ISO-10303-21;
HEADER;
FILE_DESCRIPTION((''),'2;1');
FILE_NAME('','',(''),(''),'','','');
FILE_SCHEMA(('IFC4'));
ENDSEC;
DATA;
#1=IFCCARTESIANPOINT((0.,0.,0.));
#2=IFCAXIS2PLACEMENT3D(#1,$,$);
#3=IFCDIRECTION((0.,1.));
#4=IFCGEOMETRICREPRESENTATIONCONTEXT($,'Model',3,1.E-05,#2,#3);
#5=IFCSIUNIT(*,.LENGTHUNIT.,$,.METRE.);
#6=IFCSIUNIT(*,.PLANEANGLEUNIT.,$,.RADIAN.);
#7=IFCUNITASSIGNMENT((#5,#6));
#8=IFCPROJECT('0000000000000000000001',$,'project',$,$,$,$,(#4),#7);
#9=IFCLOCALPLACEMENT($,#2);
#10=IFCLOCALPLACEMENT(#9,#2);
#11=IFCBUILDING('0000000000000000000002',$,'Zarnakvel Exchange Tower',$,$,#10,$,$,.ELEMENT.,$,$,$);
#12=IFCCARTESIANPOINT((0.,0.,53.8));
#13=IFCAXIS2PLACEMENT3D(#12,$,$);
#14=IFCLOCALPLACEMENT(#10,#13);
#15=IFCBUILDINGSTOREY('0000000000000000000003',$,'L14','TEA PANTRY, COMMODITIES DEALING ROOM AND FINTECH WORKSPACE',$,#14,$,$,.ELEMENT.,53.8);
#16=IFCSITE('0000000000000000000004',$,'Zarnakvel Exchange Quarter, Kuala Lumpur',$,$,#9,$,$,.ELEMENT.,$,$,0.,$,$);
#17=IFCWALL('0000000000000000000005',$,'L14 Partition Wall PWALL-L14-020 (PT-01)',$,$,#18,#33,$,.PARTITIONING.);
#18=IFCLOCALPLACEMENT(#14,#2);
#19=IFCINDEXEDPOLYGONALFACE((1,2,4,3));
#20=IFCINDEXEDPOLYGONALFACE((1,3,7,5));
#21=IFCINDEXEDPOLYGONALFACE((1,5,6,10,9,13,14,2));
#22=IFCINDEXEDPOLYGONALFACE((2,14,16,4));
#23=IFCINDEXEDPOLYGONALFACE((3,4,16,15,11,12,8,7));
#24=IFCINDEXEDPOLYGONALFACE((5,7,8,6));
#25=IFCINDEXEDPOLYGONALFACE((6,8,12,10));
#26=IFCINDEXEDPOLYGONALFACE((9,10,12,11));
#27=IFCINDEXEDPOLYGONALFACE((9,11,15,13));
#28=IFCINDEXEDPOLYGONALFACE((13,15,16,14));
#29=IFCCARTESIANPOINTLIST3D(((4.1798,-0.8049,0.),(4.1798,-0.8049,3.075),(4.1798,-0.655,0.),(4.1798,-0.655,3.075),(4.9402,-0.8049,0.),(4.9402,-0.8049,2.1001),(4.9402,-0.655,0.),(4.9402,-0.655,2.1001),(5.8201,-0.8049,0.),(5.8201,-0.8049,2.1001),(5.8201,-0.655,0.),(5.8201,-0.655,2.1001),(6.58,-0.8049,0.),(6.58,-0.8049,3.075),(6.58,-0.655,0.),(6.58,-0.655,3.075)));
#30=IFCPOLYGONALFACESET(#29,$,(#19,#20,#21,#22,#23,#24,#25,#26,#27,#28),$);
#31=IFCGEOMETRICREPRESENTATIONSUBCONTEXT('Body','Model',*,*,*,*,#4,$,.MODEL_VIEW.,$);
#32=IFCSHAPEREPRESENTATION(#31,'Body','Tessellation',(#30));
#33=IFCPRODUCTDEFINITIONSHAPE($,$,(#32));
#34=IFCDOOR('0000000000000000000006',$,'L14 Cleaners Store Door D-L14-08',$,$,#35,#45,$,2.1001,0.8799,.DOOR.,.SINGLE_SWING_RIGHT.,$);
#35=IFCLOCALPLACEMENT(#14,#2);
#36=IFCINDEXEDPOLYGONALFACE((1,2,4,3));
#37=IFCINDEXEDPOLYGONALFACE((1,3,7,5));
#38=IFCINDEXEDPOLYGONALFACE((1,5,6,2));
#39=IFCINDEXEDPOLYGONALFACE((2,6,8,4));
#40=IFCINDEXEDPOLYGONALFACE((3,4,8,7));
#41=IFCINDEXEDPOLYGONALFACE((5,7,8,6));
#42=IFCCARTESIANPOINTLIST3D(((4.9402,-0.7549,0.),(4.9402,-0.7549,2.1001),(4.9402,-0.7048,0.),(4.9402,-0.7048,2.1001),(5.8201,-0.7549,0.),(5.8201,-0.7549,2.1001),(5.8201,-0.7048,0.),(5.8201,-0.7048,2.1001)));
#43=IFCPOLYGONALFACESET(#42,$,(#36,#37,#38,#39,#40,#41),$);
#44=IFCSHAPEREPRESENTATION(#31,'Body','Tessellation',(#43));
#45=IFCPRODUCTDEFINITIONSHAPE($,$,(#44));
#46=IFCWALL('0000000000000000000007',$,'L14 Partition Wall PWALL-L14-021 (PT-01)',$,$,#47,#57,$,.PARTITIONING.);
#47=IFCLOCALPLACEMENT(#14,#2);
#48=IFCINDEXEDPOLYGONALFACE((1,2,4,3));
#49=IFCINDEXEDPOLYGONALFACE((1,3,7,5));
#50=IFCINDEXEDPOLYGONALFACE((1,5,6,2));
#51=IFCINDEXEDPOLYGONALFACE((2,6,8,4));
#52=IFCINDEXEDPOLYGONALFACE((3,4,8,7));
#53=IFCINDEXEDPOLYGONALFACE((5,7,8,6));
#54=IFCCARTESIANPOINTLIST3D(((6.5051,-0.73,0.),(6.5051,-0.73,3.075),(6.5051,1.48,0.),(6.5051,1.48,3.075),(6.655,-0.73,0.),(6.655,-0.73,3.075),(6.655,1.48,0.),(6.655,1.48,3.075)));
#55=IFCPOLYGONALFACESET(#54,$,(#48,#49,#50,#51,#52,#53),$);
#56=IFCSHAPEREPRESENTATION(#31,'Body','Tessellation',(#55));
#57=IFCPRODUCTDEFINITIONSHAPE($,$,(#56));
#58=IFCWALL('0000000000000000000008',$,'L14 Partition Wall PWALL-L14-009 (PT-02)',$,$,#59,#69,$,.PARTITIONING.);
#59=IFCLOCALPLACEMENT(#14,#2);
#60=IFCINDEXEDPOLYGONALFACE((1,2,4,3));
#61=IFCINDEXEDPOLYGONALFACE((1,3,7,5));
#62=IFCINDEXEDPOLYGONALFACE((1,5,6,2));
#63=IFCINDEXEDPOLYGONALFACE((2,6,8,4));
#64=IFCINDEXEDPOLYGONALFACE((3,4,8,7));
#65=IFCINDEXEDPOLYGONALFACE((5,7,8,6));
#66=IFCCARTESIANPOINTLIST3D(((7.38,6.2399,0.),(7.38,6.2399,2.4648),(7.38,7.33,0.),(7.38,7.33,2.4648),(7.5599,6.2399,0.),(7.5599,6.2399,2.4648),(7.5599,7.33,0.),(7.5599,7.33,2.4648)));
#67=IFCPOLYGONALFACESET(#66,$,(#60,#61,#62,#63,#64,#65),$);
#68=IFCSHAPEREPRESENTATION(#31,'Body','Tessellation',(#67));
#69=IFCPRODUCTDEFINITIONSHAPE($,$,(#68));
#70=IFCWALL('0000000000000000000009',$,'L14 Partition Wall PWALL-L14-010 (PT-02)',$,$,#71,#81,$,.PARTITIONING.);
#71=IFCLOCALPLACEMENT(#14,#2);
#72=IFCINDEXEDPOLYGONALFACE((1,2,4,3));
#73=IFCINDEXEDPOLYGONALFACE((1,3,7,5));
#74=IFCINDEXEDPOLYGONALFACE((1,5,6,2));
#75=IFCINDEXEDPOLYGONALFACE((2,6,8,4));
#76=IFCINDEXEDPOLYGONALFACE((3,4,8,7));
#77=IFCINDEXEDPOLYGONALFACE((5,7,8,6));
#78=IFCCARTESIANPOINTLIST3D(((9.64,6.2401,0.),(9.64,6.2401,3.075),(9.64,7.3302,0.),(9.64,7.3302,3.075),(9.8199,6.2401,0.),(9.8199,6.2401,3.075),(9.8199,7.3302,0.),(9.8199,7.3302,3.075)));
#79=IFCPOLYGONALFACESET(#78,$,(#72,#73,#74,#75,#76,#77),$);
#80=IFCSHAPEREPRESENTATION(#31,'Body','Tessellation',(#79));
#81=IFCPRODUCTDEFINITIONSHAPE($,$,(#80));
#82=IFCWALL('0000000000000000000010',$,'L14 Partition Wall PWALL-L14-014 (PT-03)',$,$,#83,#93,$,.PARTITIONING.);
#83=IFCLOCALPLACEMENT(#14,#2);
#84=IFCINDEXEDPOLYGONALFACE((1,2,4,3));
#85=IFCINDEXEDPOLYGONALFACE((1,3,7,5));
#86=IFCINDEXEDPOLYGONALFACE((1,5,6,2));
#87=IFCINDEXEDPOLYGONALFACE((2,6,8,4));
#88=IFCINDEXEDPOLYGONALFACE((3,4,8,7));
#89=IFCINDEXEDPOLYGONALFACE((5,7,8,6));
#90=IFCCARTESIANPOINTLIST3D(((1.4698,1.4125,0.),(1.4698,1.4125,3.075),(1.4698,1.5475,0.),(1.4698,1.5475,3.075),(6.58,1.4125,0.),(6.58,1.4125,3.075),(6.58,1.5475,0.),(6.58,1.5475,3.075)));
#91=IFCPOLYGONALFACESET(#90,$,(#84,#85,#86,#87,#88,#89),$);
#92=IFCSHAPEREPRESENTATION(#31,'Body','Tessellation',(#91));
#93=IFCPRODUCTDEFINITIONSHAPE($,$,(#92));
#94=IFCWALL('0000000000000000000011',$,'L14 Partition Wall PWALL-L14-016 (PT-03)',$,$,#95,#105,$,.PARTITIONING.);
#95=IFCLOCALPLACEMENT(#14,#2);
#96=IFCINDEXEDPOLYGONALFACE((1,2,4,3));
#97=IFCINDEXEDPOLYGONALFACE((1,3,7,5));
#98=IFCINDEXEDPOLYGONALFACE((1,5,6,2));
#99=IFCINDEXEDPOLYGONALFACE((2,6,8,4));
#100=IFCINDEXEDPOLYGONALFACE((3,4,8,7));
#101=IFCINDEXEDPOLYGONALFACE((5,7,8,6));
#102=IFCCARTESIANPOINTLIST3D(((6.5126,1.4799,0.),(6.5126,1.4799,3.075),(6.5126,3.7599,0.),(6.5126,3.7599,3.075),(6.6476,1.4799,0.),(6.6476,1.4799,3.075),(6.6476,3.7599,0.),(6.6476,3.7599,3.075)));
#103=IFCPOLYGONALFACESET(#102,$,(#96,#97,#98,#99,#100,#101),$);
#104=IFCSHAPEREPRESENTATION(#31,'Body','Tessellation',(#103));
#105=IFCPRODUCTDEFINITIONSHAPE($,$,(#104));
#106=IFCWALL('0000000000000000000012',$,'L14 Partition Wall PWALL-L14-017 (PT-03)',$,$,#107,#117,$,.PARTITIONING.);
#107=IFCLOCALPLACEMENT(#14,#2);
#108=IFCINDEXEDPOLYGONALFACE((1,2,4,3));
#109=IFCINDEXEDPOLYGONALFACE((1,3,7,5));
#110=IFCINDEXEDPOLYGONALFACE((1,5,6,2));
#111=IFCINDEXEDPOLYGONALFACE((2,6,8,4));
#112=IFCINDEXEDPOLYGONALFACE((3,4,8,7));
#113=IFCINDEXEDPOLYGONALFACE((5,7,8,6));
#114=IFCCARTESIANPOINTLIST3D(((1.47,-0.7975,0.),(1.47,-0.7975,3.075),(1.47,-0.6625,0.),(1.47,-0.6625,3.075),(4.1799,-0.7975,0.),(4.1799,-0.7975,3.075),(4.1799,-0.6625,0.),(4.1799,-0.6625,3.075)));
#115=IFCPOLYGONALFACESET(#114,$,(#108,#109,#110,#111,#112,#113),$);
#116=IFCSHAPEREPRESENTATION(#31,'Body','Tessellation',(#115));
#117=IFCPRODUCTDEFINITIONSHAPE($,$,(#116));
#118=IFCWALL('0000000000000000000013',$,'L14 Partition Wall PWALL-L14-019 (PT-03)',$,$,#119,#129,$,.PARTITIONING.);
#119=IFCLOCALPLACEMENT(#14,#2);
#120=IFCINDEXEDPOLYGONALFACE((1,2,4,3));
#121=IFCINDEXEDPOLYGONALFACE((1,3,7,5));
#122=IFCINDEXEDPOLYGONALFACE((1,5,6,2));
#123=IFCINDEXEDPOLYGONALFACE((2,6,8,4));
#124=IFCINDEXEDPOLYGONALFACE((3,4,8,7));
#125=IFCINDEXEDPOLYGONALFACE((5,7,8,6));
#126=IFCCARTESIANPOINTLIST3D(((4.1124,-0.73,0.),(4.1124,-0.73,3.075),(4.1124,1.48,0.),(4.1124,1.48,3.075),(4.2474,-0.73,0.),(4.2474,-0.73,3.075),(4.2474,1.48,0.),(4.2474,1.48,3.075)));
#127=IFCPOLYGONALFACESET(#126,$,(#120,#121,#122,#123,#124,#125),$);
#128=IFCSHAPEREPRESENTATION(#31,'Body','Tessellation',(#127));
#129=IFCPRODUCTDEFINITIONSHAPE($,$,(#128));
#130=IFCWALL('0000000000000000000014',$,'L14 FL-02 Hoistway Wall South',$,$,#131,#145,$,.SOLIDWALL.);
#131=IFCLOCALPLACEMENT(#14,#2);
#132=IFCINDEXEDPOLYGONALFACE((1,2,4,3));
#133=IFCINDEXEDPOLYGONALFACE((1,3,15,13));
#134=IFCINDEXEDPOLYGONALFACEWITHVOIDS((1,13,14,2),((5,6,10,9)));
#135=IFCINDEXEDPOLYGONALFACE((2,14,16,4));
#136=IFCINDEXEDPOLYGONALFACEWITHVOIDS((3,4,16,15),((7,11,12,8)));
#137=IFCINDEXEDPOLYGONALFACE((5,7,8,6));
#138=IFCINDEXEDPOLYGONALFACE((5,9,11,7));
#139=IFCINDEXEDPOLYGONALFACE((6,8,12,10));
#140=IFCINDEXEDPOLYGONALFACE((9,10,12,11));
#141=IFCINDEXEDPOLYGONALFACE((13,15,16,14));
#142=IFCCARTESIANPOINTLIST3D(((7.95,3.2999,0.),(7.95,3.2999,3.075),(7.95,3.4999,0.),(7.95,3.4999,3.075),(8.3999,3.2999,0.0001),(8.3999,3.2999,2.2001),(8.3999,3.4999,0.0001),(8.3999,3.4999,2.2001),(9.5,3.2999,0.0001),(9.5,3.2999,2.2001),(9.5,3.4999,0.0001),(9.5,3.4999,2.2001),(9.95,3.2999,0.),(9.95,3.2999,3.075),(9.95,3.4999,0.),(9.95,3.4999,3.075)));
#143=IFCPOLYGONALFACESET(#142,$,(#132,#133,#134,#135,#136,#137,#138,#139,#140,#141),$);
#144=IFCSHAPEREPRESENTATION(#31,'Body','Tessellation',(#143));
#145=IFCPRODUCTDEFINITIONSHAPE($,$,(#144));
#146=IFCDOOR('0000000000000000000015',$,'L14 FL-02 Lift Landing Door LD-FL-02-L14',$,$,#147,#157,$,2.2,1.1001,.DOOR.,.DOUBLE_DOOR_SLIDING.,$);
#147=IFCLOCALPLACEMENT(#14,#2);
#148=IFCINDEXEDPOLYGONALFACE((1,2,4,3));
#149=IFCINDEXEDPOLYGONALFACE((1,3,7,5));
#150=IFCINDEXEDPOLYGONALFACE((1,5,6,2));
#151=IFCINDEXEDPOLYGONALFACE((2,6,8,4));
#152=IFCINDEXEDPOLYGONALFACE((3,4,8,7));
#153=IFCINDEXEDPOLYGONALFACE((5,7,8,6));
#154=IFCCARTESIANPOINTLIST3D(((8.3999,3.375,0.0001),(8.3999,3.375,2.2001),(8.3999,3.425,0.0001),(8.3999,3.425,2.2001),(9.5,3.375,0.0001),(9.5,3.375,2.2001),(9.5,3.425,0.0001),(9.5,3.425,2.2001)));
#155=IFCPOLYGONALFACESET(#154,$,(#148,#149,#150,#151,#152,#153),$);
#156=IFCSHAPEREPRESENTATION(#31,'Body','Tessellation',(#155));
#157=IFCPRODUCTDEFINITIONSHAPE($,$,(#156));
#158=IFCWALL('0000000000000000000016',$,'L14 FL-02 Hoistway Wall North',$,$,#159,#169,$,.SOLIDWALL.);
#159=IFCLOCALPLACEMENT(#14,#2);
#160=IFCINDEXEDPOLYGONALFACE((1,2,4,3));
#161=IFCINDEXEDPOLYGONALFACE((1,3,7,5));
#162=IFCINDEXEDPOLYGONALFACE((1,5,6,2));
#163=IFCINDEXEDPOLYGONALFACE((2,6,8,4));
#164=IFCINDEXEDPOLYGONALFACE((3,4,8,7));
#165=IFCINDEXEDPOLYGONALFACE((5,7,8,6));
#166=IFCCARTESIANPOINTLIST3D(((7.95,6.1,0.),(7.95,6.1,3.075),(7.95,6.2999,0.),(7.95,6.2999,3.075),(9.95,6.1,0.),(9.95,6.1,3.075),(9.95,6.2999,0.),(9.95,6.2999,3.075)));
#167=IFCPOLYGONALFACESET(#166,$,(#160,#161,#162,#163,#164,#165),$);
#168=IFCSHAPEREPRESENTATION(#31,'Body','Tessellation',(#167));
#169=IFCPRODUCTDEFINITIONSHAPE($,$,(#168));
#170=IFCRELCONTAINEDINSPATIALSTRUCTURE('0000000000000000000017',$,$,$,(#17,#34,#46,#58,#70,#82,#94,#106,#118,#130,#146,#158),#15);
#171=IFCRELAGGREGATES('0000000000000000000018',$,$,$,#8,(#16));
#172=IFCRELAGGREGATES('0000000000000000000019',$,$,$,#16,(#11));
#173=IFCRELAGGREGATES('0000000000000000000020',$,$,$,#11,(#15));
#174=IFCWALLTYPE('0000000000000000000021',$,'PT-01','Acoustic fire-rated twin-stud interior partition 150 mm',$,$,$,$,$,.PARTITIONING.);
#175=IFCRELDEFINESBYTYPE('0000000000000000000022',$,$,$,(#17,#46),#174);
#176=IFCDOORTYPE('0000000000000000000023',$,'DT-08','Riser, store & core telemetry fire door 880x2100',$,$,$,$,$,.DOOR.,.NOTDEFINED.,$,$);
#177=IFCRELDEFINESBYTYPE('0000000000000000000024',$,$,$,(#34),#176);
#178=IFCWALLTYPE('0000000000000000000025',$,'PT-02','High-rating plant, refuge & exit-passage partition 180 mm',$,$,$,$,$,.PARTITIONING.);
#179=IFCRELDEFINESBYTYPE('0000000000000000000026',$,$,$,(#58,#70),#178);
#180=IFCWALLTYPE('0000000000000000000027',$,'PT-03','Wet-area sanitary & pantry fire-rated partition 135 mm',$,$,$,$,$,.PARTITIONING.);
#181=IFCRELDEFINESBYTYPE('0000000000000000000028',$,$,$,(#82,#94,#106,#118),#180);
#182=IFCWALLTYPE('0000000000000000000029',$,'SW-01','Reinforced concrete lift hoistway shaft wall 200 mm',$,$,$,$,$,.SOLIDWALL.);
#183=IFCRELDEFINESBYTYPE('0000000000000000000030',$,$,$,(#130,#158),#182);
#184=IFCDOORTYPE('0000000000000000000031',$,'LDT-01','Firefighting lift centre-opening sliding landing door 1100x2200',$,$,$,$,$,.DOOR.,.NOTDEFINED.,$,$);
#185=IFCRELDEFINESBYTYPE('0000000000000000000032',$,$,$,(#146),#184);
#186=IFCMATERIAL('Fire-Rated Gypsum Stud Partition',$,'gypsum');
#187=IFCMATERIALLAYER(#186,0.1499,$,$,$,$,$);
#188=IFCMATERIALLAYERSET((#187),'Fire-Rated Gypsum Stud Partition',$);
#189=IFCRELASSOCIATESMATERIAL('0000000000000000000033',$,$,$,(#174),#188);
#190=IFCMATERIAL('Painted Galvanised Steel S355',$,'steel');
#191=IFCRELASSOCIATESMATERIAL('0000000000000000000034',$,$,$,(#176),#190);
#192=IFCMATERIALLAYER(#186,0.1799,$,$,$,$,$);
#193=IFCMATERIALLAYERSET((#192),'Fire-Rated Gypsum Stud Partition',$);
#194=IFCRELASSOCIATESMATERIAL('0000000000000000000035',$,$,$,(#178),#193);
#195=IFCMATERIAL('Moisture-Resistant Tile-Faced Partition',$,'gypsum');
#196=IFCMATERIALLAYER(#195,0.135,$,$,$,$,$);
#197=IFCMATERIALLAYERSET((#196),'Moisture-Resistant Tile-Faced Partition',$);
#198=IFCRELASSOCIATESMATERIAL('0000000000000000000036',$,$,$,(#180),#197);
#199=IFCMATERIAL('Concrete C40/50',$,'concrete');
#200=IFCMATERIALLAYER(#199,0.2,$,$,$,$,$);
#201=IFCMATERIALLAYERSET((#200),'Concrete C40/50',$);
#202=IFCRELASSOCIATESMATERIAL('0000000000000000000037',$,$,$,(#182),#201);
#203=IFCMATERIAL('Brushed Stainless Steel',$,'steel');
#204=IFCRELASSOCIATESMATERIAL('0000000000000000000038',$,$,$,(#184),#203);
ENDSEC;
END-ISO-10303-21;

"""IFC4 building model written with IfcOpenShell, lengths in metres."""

from ifc_helpers import new_model, si_unit, direction, frame, frame_2d, origin, place, context, subcontext, project, spatial, rectangle, extrude, source, transform, mapped, material, layer, layer_set, type_object, element, fill, save


model = new_model("IFC4")

# Units and contexts
model_context = context("Model", 3, precision=1e-05, world=origin(), true_north=direction((0.0, 1.0)))
body_context = subcontext(model_context, "Body", "Model", "MODEL_VIEW")
ifc_project = project(units=[si_unit("LENGTHUNIT", "METRE"), si_unit("PLANEANGLEUNIT", "RADIAN")], contexts=[model_context])

# Site, building, storey
site_placement = place(None, origin())
site = spatial("IfcSite", under=ifc_project, at=site_placement, Name="Zarnakvel Exchange Quarter, Kuala Lumpur", CompositionType="ELEMENT", RefElevation=0.0)
building_placement = place(site_placement, origin())
building = spatial("IfcBuilding", under=site, at=building_placement, Name="Zarnakvel Exchange Tower", CompositionType="ELEMENT")
storey_placement = place(building_placement, frame((0.0, 0.0, 53.8)))
storey = spatial("IfcBuildingStorey", under=building, at=storey_placement, Name="L14", Description="TEA PANTRY, COMMODITIES DEALING ROOM AND FINTECH WORKSPACE", CompositionType="ELEMENT", Elevation=53.8)

# Wall, opening, door
ifc_material_1 = material(Name="Fire-Rated Gypsum Stud Partition", Category="gypsum")
ifc_layer_1 = layer(ifc_material_1, 0.1499)
ifc_layer_set_1 = layer_set([ifc_layer_1], Name="Fire-Rated Gypsum Stud Partition")
wall_type_1 = type_object("IfcWallType", Name="PT-01", Description="Acoustic fire-rated twin-stud interior partition 150 mm", PredefinedType="PARTITIONING", material=ifc_layer_set_1)
wall_1_placement = place(storey_placement, frame((6.5801, -0.73, 0.0), z_axis=(0.0, 0.0, 1.0), x_axis=(-1.0, 0.0, 0.0)))
wall_1 = element("IfcWall", 1, at=wall_1_placement, inside=storey, type_object=wall_type_1, Name="L14 Partition Wall PWALL-L14-020 (PT-01)", PredefinedType="PARTITIONING", context=body_context, shape_type="SweptSolid", body=[
    extrude(rectangle(XDim=2.4001, YDim=0.1499, at=frame_2d((1.2002, 0.0))), origin(), (0.0, 0.0, 1.0), 3.075),
])
opening_1_placement = place(wall_1_placement, frame((0.76, 0.0, 0.0)))
opening_1 = element("IfcOpeningElement", 2, at=opening_1_placement, cuts=wall_1, PredefinedType="OPENING", context=body_context, shape_type="SweptSolid", body=[
    extrude(rectangle(XDim=0.8799, YDim=2.1001, at=frame_2d((0.4399, 1.05))), frame((0.0, 0.085, 0.0), z_axis=(0.0, -1.0, 0.0), x_axis=(1.0, 0.0, 0.0)), (0.0, 0.0, 1.0), 0.1699),
])
ifc_material_2 = material(Name="Painted Galvanised Steel S355", Category="steel")
door_type_1 = type_object("IfcDoorType", Name="DT-08", Description="Riser, store & core telemetry fire door 880x2100", OperationType="NOTDEFINED", PredefinedType="DOOR", material=ifc_material_2)
shared_shape_1 = source(origin(), body_context, "Body", "SweptSolid", [
    extrude(rectangle(XDim=0.8799, YDim=2.1001, at=frame_2d((0.4399, 1.05))), frame((0.0, 0.0249, 0.0), z_axis=(0.0, -1.0, 0.0), x_axis=(1.0, 0.0, 0.0)), (0.0, 0.0, 1.0), 0.05),
])
door_1_placement = place(opening_1_placement, origin())
door_1 = element("IfcDoor", 3, at=door_1_placement, inside=storey, type_object=door_type_1, Name="L14 Cleaners Store Door D-L14-08", OperationType="SINGLE_SWING_RIGHT", OverallHeight=2.1001, OverallWidth=0.8799, PredefinedType="DOOR", context=body_context, shape_type="MappedRepresentation", body=[
    mapped(shared_shape_1, transform((0.0, 0.0, 0.0), x_axis=(1.0, 0.0, 0.0), y_axis=(0.0, 1.0, 0.0), z_axis=(0.0, 0.0, 1.0), scale=1.0)),
])
fill(opening_1, door_1)

# Walls
wall_2_placement = place(storey_placement, frame((6.5801, 1.48, 0.0), z_axis=(0.0, 0.0, 1.0), x_axis=(0.0, -1.0, 0.0)))
element("IfcWall", 4, at=wall_2_placement, inside=storey, type_object=wall_type_1, Name="L14 Partition Wall PWALL-L14-021 (PT-01)", PredefinedType="PARTITIONING", context=body_context, shape_type="SweptSolid", body=[
    extrude(rectangle(XDim=2.21, YDim=0.1499, at=frame_2d((1.105, 0.0))), origin(), (0.0, 0.0, 1.0), 3.075),
])
ifc_layer_2 = layer(ifc_material_1, 0.1799)
ifc_layer_set_2 = layer_set([ifc_layer_2], Name="Fire-Rated Gypsum Stud Partition")
wall_type_2 = type_object("IfcWallType", Name="PT-02", Description="High-rating plant, refuge & exit-passage partition 180 mm", PredefinedType="PARTITIONING", material=ifc_layer_set_2)
wall_3_placement = place(storey_placement, frame((7.47, 6.24, 0.0), z_axis=(0.0, 0.0, 1.0), x_axis=(0.0, 1.0, 0.0)))
element("IfcWall", 5, at=wall_3_placement, inside=storey, type_object=wall_type_2, Name="L14 Partition Wall PWALL-L14-009 (PT-02)", PredefinedType="PARTITIONING", context=body_context, shape_type="SweptSolid", body=[
    extrude(rectangle(XDim=1.0901, YDim=0.1799, at=frame_2d((0.5449, 0.0))), origin(), (0.0, 0.0, 1.0), 2.4648),
])
wall_4_placement = place(storey_placement, frame((9.73, 7.3301, 0.0), z_axis=(0.0, 0.0, 1.0), x_axis=(0.0, -1.0, 0.0)))
element("IfcWall", 6, at=wall_4_placement, inside=storey, type_object=wall_type_2, Name="L14 Partition Wall PWALL-L14-010 (PT-02)", PredefinedType="PARTITIONING", context=body_context, shape_type="SweptSolid", body=[
    extrude(rectangle(XDim=1.0901, YDim=0.1799, at=frame_2d((0.5449, 0.0))), origin(), (0.0, 0.0, 1.0), 3.075),
])
ifc_material_3 = material(Name="Moisture-Resistant Tile-Faced Partition", Category="gypsum")
ifc_layer_3 = layer(ifc_material_3, 0.135)
ifc_layer_set_3 = layer_set([ifc_layer_3], Name="Moisture-Resistant Tile-Faced Partition")
wall_type_3 = type_object("IfcWallType", Name="PT-03", Description="Wet-area sanitary & pantry fire-rated partition 135 mm", PredefinedType="PARTITIONING", material=ifc_layer_set_3)
wall_5_placement = place(storey_placement, frame((6.5801, 1.48, 0.0), z_axis=(0.0, 0.0, 1.0), x_axis=(-1.0, 0.0, 0.0)))
element("IfcWall", 7, at=wall_5_placement, inside=storey, type_object=wall_type_3, Name="L14 Partition Wall PWALL-L14-014 (PT-03)", PredefinedType="PARTITIONING", context=body_context, shape_type="SweptSolid", body=[
    extrude(rectangle(XDim=5.1101, YDim=0.135, at=frame_2d((2.5552, 0.0))), origin(), (0.0, 0.0, 1.0), 3.075),
])
wall_6_placement = place(storey_placement, frame((6.5801, 3.76, 0.0), z_axis=(0.0, 0.0, 1.0), x_axis=(0.0, -1.0, 0.0)))
element("IfcWall", 8, at=wall_6_placement, inside=storey, type_object=wall_type_3, Name="L14 Partition Wall PWALL-L14-016 (PT-03)", PredefinedType="PARTITIONING", context=body_context, shape_type="SweptSolid", body=[
    extrude(rectangle(XDim=2.28, YDim=0.135, at=frame_2d((1.1401, 0.0))), origin(), (0.0, 0.0, 1.0), 3.075),
])
wall_7_placement = place(storey_placement, frame((4.1799, -0.73, 0.0), z_axis=(0.0, 0.0, 1.0), x_axis=(-1.0, 0.0, 0.0)))
element("IfcWall", 9, at=wall_7_placement, inside=storey, type_object=wall_type_3, Name="L14 Partition Wall PWALL-L14-017 (PT-03)", PredefinedType="PARTITIONING", context=body_context, shape_type="SweptSolid", body=[
    extrude(rectangle(XDim=2.71, YDim=0.135, at=frame_2d((1.355, 0.0))), origin(), (0.0, 0.0, 1.0), 3.075),
])
wall_8_placement = place(storey_placement, frame((4.1799, 1.48, 0.0), z_axis=(0.0, 0.0, 1.0), x_axis=(0.0, -1.0, 0.0)))
element("IfcWall", 10, at=wall_8_placement, inside=storey, type_object=wall_type_3, Name="L14 Partition Wall PWALL-L14-019 (PT-03)", PredefinedType="PARTITIONING", context=body_context, shape_type="SweptSolid", body=[
    extrude(rectangle(XDim=2.21, YDim=0.135, at=frame_2d((1.105, 0.0))), origin(), (0.0, 0.0, 1.0), 3.075),
])

# Wall, opening, door
ifc_material_4 = material(Name="Concrete C40/50", Category="concrete")
ifc_layer_4 = layer(ifc_material_4, 0.2)
ifc_layer_set_4 = layer_set([ifc_layer_4], Name="Concrete C40/50")
wall_type_4 = type_object("IfcWallType", Name="SW-01", Description="Reinforced concrete lift hoistway shaft wall 200 mm", PredefinedType="SOLIDWALL", material=ifc_layer_set_4)
wall_9_placement = place(storey_placement, frame((9.95, 3.3999, 0.0), z_axis=(0.0, 0.0, 1.0), x_axis=(-1.0, 0.0, 0.0)))
wall_9 = element("IfcWall", 11, at=wall_9_placement, inside=storey, type_object=wall_type_4, Name="L14 FL-02 Hoistway Wall South", PredefinedType="SOLIDWALL", context=body_context, shape_type="SweptSolid", body=[
    extrude(rectangle(XDim=2.0, YDim=0.2, at=frame_2d((1.0, 0.0))), origin(), (0.0, 0.0, 1.0), 3.075),
])
opening_2_placement = place(wall_9_placement, frame((0.45, 0.0, 0.0)))
opening_2 = element("IfcOpeningElement", 12, at=opening_2_placement, cuts=wall_9, PredefinedType="OPENING", context=body_context, shape_type="SweptSolid", body=[
    extrude(rectangle(XDim=1.1001, YDim=2.2, at=frame_2d((0.55, 1.1001))), frame((0.0, 0.1099, 0.0), z_axis=(0.0, -1.0, 0.0), x_axis=(1.0, 0.0, 0.0)), (0.0, 0.0, 1.0), 0.22),
])
ifc_material_5 = material(Name="Brushed Stainless Steel", Category="steel")
door_type_2 = type_object("IfcDoorType", Name="LDT-01", Description="Firefighting lift centre-opening sliding landing door 1100x2200", OperationType="NOTDEFINED", PredefinedType="DOOR", material=ifc_material_5)
shared_shape_2 = source(origin(), body_context, "Body", "SweptSolid", [
    extrude(rectangle(XDim=1.1001, YDim=2.2, at=frame_2d((0.55, 1.1001))), frame((0.0, 0.0249, 0.0), z_axis=(0.0, -1.0, 0.0), x_axis=(1.0, 0.0, 0.0)), (0.0, 0.0, 1.0), 0.05),
])
door_2_placement = place(opening_2_placement, origin())
door_2 = element("IfcDoor", 13, at=door_2_placement, inside=storey, type_object=door_type_2, Name="L14 FL-02 Lift Landing Door LD-FL-02-L14", OperationType="DOUBLE_DOOR_SLIDING", OverallHeight=2.2, OverallWidth=1.1001, PredefinedType="DOOR", context=body_context, shape_type="MappedRepresentation", body=[
    mapped(shared_shape_2, transform((0.0, 0.0, 0.0), x_axis=(1.0, 0.0, 0.0), y_axis=(0.0, 1.0, 0.0), z_axis=(0.0, 0.0, 1.0), scale=1.0)),
])
fill(opening_2, door_2)

# Wall
wall_10_placement = place(storey_placement, frame((7.95, 6.2, 0.0), z_axis=(0.0, 0.0, 1.0), x_axis=(1.0, 0.0, 0.0)))
element("IfcWall", 14, at=wall_10_placement, inside=storey, type_object=wall_type_4, Name="L14 FL-02 Hoistway Wall North", PredefinedType="SOLIDWALL", context=body_context, shape_type="SweptSolid", body=[
    extrude(rectangle(XDim=2.0, YDim=0.2, at=frame_2d((1.0, 0.0))), origin(), (0.0, 0.0, 1.0), 3.075),
])

save(model, "model.ifc")
